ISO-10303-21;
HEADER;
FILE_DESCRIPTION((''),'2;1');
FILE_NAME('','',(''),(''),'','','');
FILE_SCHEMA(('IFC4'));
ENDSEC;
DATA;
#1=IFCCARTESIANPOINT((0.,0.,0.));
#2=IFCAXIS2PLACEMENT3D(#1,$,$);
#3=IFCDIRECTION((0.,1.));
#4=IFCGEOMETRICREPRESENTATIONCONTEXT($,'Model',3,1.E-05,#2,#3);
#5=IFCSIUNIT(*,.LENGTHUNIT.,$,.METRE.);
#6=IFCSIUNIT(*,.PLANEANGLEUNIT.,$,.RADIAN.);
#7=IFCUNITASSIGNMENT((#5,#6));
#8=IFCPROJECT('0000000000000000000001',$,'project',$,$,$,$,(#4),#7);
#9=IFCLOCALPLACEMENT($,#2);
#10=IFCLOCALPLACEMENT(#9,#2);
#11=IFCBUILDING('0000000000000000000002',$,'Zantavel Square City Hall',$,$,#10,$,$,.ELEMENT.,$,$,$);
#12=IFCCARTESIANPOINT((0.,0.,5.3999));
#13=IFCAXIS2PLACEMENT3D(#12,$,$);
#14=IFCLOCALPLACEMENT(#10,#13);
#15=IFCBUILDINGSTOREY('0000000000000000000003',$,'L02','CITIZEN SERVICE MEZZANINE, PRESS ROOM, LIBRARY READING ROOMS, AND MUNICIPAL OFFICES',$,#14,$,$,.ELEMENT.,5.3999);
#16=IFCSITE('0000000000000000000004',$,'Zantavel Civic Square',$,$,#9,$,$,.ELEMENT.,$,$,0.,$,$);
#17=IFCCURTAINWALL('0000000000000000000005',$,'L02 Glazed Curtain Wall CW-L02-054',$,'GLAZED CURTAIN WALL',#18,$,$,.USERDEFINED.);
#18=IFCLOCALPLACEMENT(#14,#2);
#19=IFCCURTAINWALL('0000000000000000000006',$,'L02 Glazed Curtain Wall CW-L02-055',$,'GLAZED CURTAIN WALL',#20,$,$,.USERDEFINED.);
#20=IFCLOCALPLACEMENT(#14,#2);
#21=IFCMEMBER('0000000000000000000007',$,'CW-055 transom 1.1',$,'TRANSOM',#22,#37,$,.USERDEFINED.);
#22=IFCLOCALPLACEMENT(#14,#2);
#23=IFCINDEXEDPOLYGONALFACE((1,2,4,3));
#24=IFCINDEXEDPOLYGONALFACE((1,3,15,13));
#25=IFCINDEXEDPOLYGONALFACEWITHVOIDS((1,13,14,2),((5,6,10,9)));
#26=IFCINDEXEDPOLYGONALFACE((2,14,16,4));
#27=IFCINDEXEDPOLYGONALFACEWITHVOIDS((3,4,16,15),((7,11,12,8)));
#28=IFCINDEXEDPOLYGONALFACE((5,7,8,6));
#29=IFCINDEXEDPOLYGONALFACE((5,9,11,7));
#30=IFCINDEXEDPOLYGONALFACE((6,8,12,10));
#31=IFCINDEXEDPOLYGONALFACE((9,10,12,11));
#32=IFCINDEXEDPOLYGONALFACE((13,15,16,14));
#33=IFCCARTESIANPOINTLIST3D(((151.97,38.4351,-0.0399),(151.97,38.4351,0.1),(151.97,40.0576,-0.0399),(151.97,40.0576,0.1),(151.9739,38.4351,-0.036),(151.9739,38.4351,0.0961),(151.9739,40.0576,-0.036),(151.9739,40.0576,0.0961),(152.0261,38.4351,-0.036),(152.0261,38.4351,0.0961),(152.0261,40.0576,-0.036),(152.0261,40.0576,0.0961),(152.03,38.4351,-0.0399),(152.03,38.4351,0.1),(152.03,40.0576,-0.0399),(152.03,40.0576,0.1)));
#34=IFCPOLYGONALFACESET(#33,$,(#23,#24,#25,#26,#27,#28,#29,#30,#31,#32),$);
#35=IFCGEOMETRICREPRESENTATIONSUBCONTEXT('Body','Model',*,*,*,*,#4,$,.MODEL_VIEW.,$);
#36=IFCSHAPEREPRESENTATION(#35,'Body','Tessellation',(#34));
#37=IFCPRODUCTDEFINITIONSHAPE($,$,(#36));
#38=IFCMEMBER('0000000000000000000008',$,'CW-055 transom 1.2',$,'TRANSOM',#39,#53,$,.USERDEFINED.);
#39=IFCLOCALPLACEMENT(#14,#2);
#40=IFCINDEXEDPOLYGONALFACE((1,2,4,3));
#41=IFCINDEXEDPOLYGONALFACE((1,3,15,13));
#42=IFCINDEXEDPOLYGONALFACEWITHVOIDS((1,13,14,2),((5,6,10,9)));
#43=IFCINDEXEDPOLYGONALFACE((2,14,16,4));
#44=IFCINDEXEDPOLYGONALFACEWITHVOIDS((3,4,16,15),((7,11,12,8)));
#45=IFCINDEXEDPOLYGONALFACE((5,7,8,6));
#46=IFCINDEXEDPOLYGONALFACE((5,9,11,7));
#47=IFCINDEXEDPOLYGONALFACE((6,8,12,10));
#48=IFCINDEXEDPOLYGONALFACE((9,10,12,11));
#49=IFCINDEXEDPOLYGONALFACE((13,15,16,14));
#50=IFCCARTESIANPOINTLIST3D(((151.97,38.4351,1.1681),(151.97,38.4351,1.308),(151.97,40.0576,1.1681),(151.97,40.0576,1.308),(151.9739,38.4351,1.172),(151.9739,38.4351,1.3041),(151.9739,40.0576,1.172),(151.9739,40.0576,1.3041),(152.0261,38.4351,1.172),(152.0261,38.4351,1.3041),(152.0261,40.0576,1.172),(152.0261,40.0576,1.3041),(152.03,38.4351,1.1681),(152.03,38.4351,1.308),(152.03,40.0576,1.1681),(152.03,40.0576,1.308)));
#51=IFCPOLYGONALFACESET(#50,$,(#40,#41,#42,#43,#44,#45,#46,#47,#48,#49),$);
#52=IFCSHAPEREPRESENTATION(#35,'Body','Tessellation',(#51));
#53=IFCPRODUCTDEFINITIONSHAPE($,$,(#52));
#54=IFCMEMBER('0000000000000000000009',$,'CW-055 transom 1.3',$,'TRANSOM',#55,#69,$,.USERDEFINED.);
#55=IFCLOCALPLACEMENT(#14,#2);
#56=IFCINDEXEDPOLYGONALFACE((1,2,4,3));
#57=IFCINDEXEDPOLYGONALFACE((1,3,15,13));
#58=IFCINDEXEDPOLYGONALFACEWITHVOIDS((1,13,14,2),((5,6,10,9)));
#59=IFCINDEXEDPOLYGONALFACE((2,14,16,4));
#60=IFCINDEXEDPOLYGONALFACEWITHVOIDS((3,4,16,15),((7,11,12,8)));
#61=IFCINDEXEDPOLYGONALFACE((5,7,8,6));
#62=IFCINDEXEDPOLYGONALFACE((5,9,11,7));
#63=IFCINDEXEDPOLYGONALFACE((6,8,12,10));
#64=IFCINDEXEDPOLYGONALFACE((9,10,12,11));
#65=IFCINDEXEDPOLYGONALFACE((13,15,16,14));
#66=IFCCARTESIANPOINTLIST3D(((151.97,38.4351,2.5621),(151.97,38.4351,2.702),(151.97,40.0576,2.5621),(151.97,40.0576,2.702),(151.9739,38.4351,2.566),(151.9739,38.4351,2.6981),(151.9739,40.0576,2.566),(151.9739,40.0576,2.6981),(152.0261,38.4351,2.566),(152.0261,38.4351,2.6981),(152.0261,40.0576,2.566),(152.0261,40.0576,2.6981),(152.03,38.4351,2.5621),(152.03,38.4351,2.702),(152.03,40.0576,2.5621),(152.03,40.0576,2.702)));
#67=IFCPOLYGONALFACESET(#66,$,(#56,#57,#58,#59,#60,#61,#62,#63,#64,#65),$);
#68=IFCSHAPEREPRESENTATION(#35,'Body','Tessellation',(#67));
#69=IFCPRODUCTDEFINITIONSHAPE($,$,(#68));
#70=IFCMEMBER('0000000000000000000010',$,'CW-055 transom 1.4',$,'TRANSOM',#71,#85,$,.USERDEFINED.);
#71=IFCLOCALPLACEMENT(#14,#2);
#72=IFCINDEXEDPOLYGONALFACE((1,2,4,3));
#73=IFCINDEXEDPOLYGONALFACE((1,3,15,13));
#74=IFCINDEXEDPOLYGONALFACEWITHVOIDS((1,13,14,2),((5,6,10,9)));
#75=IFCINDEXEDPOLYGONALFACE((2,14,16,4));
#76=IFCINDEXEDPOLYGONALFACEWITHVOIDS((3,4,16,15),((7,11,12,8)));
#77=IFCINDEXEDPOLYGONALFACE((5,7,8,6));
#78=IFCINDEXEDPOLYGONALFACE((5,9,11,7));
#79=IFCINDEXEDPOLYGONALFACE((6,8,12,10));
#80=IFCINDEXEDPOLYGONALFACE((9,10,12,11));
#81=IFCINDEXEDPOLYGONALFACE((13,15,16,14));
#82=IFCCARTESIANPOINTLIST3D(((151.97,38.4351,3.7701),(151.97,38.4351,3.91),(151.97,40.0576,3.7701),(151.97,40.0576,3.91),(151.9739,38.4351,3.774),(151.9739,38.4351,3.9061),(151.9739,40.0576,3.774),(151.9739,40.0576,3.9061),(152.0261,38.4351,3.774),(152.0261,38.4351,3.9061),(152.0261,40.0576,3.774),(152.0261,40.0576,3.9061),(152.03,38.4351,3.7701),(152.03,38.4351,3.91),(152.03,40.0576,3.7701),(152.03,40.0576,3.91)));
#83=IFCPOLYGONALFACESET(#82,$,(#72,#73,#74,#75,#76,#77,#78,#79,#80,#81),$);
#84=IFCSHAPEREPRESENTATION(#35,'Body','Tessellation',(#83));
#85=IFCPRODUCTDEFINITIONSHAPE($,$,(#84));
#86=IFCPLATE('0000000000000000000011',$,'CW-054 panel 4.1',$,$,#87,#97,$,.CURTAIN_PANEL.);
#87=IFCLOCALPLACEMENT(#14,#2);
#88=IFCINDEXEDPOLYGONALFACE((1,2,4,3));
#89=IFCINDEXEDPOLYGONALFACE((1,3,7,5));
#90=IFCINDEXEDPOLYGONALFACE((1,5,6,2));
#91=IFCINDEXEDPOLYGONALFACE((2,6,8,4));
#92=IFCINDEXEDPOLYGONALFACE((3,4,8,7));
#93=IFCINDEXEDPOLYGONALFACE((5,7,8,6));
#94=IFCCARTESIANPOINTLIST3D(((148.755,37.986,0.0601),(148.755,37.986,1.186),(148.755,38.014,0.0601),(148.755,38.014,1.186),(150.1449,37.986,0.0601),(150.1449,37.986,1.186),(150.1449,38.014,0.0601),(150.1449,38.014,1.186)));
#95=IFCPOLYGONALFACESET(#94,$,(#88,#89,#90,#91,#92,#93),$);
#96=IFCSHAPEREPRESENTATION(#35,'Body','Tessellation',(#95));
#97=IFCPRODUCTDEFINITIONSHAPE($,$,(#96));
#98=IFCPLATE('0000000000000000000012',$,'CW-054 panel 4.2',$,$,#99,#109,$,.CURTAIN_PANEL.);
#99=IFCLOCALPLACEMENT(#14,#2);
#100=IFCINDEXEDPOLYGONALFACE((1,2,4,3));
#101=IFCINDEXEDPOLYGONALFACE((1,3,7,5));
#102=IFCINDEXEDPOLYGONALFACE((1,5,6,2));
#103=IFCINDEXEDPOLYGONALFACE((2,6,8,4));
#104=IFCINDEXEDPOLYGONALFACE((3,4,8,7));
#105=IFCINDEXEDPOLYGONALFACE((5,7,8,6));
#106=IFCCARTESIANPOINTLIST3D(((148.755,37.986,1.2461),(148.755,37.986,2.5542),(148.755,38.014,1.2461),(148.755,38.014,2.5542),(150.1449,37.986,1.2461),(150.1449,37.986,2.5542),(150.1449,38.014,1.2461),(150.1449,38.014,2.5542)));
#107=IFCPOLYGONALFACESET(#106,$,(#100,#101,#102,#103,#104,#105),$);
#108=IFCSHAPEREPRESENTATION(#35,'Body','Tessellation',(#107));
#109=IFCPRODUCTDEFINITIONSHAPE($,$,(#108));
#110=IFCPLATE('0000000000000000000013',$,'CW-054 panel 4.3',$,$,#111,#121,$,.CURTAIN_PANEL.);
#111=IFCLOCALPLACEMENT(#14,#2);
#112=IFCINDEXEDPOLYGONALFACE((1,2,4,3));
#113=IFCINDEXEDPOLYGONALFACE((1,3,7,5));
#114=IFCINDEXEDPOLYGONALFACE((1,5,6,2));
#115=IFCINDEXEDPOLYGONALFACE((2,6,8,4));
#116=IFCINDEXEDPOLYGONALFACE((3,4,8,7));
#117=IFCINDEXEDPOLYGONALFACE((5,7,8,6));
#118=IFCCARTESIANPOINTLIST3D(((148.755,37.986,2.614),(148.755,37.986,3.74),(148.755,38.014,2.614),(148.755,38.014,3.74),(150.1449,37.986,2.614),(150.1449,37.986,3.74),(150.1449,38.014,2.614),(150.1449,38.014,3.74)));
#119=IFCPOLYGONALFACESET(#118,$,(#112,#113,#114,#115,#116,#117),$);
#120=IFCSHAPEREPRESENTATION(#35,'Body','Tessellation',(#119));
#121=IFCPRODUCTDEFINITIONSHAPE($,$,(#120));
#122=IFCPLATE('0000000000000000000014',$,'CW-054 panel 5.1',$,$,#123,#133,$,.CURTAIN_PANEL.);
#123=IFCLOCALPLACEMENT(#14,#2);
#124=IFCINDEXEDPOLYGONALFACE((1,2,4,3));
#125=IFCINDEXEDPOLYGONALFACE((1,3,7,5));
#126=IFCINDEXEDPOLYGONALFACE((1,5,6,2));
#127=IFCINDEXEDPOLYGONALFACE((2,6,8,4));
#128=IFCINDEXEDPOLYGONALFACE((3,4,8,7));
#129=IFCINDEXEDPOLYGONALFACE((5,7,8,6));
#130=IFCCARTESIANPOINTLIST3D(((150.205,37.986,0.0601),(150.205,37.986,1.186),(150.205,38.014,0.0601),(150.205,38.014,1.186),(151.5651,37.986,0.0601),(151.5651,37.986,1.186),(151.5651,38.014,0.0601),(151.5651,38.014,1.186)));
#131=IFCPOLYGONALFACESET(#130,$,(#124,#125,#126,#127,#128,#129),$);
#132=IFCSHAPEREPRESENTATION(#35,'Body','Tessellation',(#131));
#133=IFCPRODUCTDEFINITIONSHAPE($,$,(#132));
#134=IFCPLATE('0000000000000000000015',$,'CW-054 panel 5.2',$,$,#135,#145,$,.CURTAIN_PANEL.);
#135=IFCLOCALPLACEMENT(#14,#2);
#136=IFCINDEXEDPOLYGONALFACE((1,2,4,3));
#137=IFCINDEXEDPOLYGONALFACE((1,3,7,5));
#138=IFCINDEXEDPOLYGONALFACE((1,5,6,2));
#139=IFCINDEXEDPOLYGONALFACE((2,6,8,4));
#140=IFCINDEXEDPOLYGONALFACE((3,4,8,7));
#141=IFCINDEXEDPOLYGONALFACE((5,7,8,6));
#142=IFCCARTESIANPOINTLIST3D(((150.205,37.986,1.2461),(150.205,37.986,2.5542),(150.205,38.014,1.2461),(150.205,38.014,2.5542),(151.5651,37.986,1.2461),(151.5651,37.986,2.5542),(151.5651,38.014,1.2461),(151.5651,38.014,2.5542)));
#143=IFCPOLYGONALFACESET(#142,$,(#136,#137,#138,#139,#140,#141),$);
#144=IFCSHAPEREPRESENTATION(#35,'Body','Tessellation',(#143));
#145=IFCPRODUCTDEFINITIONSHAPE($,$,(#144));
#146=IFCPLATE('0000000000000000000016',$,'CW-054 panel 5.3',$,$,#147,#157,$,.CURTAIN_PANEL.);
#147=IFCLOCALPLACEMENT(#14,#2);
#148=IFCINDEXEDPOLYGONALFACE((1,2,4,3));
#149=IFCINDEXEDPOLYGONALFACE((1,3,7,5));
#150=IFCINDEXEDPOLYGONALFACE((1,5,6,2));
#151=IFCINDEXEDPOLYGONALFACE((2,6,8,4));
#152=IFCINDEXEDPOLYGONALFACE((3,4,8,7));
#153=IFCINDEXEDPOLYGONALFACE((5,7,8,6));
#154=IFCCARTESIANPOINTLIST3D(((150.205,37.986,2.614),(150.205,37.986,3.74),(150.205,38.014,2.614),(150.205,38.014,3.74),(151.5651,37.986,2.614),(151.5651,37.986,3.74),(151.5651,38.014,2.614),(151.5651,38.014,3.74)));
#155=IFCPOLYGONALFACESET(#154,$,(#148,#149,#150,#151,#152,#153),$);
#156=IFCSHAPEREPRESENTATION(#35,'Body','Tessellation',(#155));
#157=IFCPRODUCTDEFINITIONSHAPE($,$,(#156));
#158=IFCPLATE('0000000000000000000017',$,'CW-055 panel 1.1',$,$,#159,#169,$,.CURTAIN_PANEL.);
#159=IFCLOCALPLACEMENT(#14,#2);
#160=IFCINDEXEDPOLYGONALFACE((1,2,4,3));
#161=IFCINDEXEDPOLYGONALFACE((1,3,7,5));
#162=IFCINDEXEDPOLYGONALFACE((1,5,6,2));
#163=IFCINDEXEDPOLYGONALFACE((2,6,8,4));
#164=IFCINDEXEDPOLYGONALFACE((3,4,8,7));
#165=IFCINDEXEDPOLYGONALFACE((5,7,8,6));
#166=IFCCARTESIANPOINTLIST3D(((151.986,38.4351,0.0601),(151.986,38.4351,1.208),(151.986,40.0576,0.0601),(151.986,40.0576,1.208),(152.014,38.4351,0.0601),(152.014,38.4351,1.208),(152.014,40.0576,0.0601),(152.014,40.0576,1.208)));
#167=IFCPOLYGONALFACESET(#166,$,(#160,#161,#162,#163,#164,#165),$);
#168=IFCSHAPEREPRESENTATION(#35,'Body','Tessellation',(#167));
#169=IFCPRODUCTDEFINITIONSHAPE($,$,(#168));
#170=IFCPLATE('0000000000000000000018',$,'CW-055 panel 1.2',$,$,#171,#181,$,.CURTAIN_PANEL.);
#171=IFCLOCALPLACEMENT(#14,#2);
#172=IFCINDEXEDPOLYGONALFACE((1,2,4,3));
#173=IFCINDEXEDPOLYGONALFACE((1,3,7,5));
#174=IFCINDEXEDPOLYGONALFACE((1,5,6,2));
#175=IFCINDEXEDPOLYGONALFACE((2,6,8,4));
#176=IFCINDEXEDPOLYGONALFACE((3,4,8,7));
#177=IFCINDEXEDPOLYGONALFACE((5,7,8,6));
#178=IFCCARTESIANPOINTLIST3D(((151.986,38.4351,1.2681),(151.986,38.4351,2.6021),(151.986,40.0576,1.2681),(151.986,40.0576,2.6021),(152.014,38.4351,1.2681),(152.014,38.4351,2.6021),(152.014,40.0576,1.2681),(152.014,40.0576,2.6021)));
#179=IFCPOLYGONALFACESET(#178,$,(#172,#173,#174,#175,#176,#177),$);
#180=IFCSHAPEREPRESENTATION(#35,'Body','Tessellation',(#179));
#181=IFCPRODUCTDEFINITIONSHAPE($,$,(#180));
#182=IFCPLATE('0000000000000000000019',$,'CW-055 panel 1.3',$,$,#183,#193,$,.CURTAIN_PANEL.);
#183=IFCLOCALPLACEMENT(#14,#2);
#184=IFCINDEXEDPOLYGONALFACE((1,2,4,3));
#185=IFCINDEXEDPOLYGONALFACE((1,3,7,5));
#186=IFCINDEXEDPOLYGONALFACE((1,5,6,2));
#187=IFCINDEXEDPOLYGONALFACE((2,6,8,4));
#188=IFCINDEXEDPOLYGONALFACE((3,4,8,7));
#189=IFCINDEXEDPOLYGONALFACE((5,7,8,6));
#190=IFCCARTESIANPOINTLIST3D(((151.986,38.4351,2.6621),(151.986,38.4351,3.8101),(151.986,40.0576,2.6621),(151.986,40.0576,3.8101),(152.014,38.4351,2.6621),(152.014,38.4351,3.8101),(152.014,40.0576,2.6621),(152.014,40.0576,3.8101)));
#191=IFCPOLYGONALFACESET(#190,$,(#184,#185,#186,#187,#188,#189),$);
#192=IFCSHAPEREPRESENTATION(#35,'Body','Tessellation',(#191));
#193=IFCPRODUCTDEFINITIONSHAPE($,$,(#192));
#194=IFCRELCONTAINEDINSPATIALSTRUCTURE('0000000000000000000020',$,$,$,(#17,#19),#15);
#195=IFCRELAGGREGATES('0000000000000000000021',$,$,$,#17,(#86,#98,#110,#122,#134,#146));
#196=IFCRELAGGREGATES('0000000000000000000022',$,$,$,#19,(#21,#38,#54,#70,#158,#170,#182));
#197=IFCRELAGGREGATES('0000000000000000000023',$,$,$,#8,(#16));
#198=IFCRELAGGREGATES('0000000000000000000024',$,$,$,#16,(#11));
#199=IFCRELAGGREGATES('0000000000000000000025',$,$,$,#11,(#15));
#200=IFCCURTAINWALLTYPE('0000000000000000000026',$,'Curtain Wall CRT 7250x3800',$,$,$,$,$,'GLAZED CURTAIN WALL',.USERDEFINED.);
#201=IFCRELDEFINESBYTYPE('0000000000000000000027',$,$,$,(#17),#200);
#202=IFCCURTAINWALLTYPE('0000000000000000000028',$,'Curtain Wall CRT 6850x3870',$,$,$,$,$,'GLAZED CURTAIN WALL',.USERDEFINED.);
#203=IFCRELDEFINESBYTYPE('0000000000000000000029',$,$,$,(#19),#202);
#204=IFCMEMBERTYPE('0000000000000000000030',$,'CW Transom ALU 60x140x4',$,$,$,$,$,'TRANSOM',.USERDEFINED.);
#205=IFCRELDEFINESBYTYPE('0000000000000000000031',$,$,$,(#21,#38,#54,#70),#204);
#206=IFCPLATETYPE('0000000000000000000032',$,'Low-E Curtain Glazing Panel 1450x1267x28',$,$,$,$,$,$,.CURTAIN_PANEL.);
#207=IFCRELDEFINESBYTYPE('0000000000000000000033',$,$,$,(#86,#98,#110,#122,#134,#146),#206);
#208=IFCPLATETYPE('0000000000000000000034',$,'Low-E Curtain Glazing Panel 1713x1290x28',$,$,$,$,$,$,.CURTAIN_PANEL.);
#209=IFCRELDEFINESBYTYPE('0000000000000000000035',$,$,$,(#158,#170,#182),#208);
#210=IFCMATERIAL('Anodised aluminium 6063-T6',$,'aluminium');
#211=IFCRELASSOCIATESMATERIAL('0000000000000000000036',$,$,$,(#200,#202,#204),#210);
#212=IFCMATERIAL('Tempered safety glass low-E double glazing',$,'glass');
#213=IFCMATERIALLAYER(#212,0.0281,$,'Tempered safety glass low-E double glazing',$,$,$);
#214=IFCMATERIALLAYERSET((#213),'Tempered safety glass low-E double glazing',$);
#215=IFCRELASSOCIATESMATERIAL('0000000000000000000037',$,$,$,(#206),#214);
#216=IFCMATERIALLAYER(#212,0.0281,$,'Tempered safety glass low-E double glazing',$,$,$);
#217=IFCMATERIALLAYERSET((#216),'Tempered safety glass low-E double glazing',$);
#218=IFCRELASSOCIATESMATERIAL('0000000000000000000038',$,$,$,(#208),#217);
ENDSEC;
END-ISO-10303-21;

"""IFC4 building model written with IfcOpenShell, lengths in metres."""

from ifc_helpers import new_model, si_unit, direction, frame, origin, origin_2d, place, context, subcontext, project, spatial, rectangle, hollow_rectangle, extrude, material, layer, layer_set, material_profile, profile_set, type_object, element, aggregate, save


model = new_model("IFC4")

# Units and contexts
model_context = context("Model", 3, precision=1e-05, world=origin(), true_north=direction((0.0, 1.0)))
body_context = subcontext(model_context, "Body", "Model", "MODEL_VIEW")
ifc_project = project(units=[si_unit("LENGTHUNIT", "METRE"), si_unit("PLANEANGLEUNIT", "RADIAN")], contexts=[model_context])

# Site, building, storey
site_placement = place(None, origin())
site = spatial("IfcSite", under=ifc_project, at=site_placement, Name="Zantavel Civic Square", CompositionType="ELEMENT", RefElevation=0.0)
building_placement = place(site_placement, origin())
building = spatial("IfcBuilding", under=site, at=building_placement, Name="Zantavel Square City Hall", CompositionType="ELEMENT")
storey_placement = place(building_placement, frame((0.0, 0.0, 5.3999)))
storey = spatial("IfcBuildingStorey", under=building, at=storey_placement, Name="L02", Description="CITIZEN SERVICE MEZZANINE, PRESS ROOM, LIBRARY READING ROOMS, AND MUNICIPAL OFFICES", CompositionType="ELEMENT", Elevation=5.3999)

# Curtain wall
ifc_material_1 = material(Name="Anodised aluminium 6063-T6", Category="aluminium")
curtain_wall_type_1 = type_object("IfcCurtainWallType", Name="Curtain Wall CRT 7250x3800", ElementType="GLAZED CURTAIN WALL", PredefinedType="USERDEFINED", material=ifc_material_1)
curtain_wall_1_placement = place(storey_placement, origin())
curtain_wall_1 = element("IfcCurtainWall", 1, at=curtain_wall_1_placement, inside=storey, type_object=curtain_wall_type_1, Name="L02 Glazed Curtain Wall CW-L02-054", ObjectType="GLAZED CURTAIN WALL", PredefinedType="USERDEFINED")

# Curtain wall
curtain_wall_type_2 = type_object("IfcCurtainWallType", Name="Curtain Wall CRT 6850x3870", ElementType="GLAZED CURTAIN WALL", PredefinedType="USERDEFINED", material=ifc_material_1)
curtain_wall_2_placement = place(storey_placement, origin())
curtain_wall_2 = element("IfcCurtainWall", 2, at=curtain_wall_2_placement, inside=storey, type_object=curtain_wall_type_2, Name="L02 Glazed Curtain Wall CW-L02-055", ObjectType="GLAZED CURTAIN WALL", PredefinedType="USERDEFINED")

# Members
ifc_material_profile_1 = material_profile(ifc_material_1, hollow_rectangle(XDim=0.0601, YDim=0.1399, WallThickness=0.0039, at=origin_2d()), Name="ALU 60x140x4")
ifc_profile_set_1 = profile_set([ifc_material_profile_1], Name="Anodised aluminium 6063-T6")
member_type_1 = type_object("IfcMemberType", Name="CW Transom ALU 60x140x4", ElementType="TRANSOM", PredefinedType="USERDEFINED", material=ifc_profile_set_1)
member_1_placement = place(storey_placement, frame((152.0, 38.4351, 0.03), z_axis=(0.0, 1.0, 0.0), x_axis=(-1.0, 0.0, 0.0)))
member_1 = element("IfcMember", 3, at=member_1_placement, type_object=member_type_1, Name="CW-055 transom 1.1", ObjectType="TRANSOM", PredefinedType="USERDEFINED", context=body_context, shape_type="SweptSolid", body=[
    extrude(hollow_rectangle(XDim=0.0601, YDim=0.1399, WallThickness=0.0039, at=origin_2d()), origin(), (0.0, 0.0, 1.0), 1.6226),
])
member_2_placement = place(storey_placement, frame((152.0, 38.4351, 1.238), z_axis=(0.0, 1.0, 0.0), x_axis=(-1.0, 0.0, 0.0)))
member_2 = element("IfcMember", 4, at=member_2_placement, type_object=member_type_1, Name="CW-055 transom 1.2", ObjectType="TRANSOM", PredefinedType="USERDEFINED", context=body_context, shape_type="SweptSolid", body=[
    extrude(hollow_rectangle(XDim=0.0601, YDim=0.1399, WallThickness=0.0039, at=origin_2d()), origin(), (0.0, 0.0, 1.0), 1.6226),
])
member_3_placement = place(storey_placement, frame((152.0, 38.4351, 2.6321), z_axis=(0.0, 1.0, 0.0), x_axis=(-1.0, 0.0, 0.0)))
member_3 = element("IfcMember", 5, at=member_3_placement, type_object=member_type_1, Name="CW-055 transom 1.3", ObjectType="TRANSOM", PredefinedType="USERDEFINED", context=body_context, shape_type="SweptSolid", body=[
    extrude(hollow_rectangle(XDim=0.0601, YDim=0.1399, WallThickness=0.0039, at=origin_2d()), origin(), (0.0, 0.0, 1.0), 1.6226),
])
member_4_placement = place(storey_placement, frame((152.0, 38.4351, 3.8401), z_axis=(0.0, 1.0, 0.0), x_axis=(-1.0, 0.0, 0.0)))
member_4 = element("IfcMember", 6, at=member_4_placement, type_object=member_type_1, Name="CW-055 transom 1.4", ObjectType="TRANSOM", PredefinedType="USERDEFINED", context=body_context, shape_type="SweptSolid", body=[
    extrude(hollow_rectangle(XDim=0.0601, YDim=0.1399, WallThickness=0.0039, at=origin_2d()), origin(), (0.0, 0.0, 1.0), 1.6226),
])

# Plates
ifc_material_2 = material(Name="Tempered safety glass low-E double glazing", Category="glass")
ifc_layer_1 = layer(ifc_material_2, 0.0281, Name="Tempered safety glass low-E double glazing")
ifc_layer_set_1 = layer_set([ifc_layer_1], Name="Tempered safety glass low-E double glazing")
plate_type_1 = type_object("IfcPlateType", Name="Low-E Curtain Glazing Panel 1450x1267x28", PredefinedType="CURTAIN_PANEL", material=ifc_layer_set_1)
plate_1_placement = place(storey_placement, frame((149.45, 38.0, 0.0601), z_axis=(0.0, 0.0, 1.0), x_axis=(1.0, 0.0, 0.0)))
plate_1 = element("IfcPlate", 7, at=plate_1_placement, type_object=plate_type_1, Name="CW-054 panel 4.1", PredefinedType="CURTAIN_PANEL", context=body_context, shape_type="SweptSolid", body=[
    extrude(rectangle(XDim=1.3899, YDim=0.0281, at=origin_2d()), origin(), (0.0, 0.0, 1.0), 1.126),
])
plate_2_placement = place(storey_placement, frame((149.45, 38.0, 1.2461), z_axis=(0.0, 0.0, 1.0), x_axis=(1.0, 0.0, 0.0)))
plate_2 = element("IfcPlate", 8, at=plate_2_placement, type_object=plate_type_1, Name="CW-054 panel 4.2", PredefinedType="CURTAIN_PANEL", context=body_context, shape_type="SweptSolid", body=[
    extrude(rectangle(XDim=1.3899, YDim=0.0281, at=origin_2d()), origin(), (0.0, 0.0, 1.0), 1.3081),
])
plate_3_placement = place(storey_placement, frame((149.45, 38.0, 2.614), z_axis=(0.0, 0.0, 1.0), x_axis=(1.0, 0.0, 0.0)))
plate_3 = element("IfcPlate", 9, at=plate_3_placement, type_object=plate_type_1, Name="CW-054 panel 4.3", PredefinedType="CURTAIN_PANEL", context=body_context, shape_type="SweptSolid", body=[
    extrude(rectangle(XDim=1.3899, YDim=0.0281, at=origin_2d()), origin(), (0.0, 0.0, 1.0), 1.126),
])
plate_4_placement = place(storey_placement, frame((150.885, 38.0, 0.0601), z_axis=(0.0, 0.0, 1.0), x_axis=(1.0, 0.0, 0.0)))
plate_4 = element("IfcPlate", 10, at=plate_4_placement, type_object=plate_type_1, Name="CW-054 panel 5.1", PredefinedType="CURTAIN_PANEL", context=body_context, shape_type="SweptSolid", body=[
    extrude(rectangle(XDim=1.3601, YDim=0.0281, at=origin_2d()), origin(), (0.0, 0.0, 1.0), 1.126),
])
plate_5_placement = place(storey_placement, frame((150.885, 38.0, 1.2461), z_axis=(0.0, 0.0, 1.0), x_axis=(1.0, 0.0, 0.0)))
plate_5 = element("IfcPlate", 11, at=plate_5_placement, type_object=plate_type_1, Name="CW-054 panel 5.2", PredefinedType="CURTAIN_PANEL", context=body_context, shape_type="SweptSolid", body=[
    extrude(rectangle(XDim=1.3601, YDim=0.0281, at=origin_2d()), origin(), (0.0, 0.0, 1.0), 1.3081),
])
plate_6_placement = place(storey_placement, frame((150.885, 38.0, 2.614), z_axis=(0.0, 0.0, 1.0), x_axis=(1.0, 0.0, 0.0)))
plate_6 = element("IfcPlate", 12, at=plate_6_placement, type_object=plate_type_1, Name="CW-054 panel 5.3", PredefinedType="CURTAIN_PANEL", context=body_context, shape_type="SweptSolid", body=[
    extrude(rectangle(XDim=1.3601, YDim=0.0281, at=origin_2d()), origin(), (0.0, 0.0, 1.0), 1.126),
])
aggregate(curtain_wall_1, [plate_1, plate_2, plate_3, plate_4, plate_5, plate_6])
ifc_layer_2 = layer(ifc_material_2, 0.0281, Name="Tempered safety glass low-E double glazing")
ifc_layer_set_2 = layer_set([ifc_layer_2], Name="Tempered safety glass low-E double glazing")
plate_type_2 = type_object("IfcPlateType", Name="Low-E Curtain Glazing Panel 1713x1290x28", PredefinedType="CURTAIN_PANEL", material=ifc_layer_set_2)
plate_7_placement = place(storey_placement, frame((152.0, 39.2463, 0.0601), z_axis=(0.0, 0.0, 1.0), x_axis=(0.0, 1.0, 0.0)))
plate_7 = element("IfcPlate", 13, at=plate_7_placement, type_object=plate_type_2, Name="CW-055 panel 1.1", PredefinedType="CURTAIN_PANEL", context=body_context, shape_type="SweptSolid", body=[
    extrude(rectangle(XDim=1.6226, YDim=0.0281, at=origin_2d()), origin(), (0.0, 0.0, 1.0), 1.1479),
])
plate_8_placement = place(storey_placement, frame((152.0, 39.2463, 1.2681), z_axis=(0.0, 0.0, 1.0), x_axis=(0.0, 1.0, 0.0)))
plate_8 = element("IfcPlate", 14, at=plate_8_placement, type_object=plate_type_2, Name="CW-055 panel 1.2", PredefinedType="CURTAIN_PANEL", context=body_context, shape_type="SweptSolid", body=[
    extrude(rectangle(XDim=1.6226, YDim=0.0281, at=origin_2d()), origin(), (0.0, 0.0, 1.0), 1.334),
])
plate_9_placement = place(storey_placement, frame((152.0, 39.2463, 2.6621), z_axis=(0.0, 0.0, 1.0), x_axis=(0.0, 1.0, 0.0)))
plate_9 = element("IfcPlate", 15, at=plate_9_placement, type_object=plate_type_2, Name="CW-055 panel 1.3", PredefinedType="CURTAIN_PANEL", context=body_context, shape_type="SweptSolid", body=[
    extrude(rectangle(XDim=1.6226, YDim=0.0281, at=origin_2d()), origin(), (0.0, 0.0, 1.0), 1.1479),
])
aggregate(curtain_wall_2, [member_1, member_2, member_3, member_4, plate_7, plate_8, plate_9])

save(model, "model.ifc")
